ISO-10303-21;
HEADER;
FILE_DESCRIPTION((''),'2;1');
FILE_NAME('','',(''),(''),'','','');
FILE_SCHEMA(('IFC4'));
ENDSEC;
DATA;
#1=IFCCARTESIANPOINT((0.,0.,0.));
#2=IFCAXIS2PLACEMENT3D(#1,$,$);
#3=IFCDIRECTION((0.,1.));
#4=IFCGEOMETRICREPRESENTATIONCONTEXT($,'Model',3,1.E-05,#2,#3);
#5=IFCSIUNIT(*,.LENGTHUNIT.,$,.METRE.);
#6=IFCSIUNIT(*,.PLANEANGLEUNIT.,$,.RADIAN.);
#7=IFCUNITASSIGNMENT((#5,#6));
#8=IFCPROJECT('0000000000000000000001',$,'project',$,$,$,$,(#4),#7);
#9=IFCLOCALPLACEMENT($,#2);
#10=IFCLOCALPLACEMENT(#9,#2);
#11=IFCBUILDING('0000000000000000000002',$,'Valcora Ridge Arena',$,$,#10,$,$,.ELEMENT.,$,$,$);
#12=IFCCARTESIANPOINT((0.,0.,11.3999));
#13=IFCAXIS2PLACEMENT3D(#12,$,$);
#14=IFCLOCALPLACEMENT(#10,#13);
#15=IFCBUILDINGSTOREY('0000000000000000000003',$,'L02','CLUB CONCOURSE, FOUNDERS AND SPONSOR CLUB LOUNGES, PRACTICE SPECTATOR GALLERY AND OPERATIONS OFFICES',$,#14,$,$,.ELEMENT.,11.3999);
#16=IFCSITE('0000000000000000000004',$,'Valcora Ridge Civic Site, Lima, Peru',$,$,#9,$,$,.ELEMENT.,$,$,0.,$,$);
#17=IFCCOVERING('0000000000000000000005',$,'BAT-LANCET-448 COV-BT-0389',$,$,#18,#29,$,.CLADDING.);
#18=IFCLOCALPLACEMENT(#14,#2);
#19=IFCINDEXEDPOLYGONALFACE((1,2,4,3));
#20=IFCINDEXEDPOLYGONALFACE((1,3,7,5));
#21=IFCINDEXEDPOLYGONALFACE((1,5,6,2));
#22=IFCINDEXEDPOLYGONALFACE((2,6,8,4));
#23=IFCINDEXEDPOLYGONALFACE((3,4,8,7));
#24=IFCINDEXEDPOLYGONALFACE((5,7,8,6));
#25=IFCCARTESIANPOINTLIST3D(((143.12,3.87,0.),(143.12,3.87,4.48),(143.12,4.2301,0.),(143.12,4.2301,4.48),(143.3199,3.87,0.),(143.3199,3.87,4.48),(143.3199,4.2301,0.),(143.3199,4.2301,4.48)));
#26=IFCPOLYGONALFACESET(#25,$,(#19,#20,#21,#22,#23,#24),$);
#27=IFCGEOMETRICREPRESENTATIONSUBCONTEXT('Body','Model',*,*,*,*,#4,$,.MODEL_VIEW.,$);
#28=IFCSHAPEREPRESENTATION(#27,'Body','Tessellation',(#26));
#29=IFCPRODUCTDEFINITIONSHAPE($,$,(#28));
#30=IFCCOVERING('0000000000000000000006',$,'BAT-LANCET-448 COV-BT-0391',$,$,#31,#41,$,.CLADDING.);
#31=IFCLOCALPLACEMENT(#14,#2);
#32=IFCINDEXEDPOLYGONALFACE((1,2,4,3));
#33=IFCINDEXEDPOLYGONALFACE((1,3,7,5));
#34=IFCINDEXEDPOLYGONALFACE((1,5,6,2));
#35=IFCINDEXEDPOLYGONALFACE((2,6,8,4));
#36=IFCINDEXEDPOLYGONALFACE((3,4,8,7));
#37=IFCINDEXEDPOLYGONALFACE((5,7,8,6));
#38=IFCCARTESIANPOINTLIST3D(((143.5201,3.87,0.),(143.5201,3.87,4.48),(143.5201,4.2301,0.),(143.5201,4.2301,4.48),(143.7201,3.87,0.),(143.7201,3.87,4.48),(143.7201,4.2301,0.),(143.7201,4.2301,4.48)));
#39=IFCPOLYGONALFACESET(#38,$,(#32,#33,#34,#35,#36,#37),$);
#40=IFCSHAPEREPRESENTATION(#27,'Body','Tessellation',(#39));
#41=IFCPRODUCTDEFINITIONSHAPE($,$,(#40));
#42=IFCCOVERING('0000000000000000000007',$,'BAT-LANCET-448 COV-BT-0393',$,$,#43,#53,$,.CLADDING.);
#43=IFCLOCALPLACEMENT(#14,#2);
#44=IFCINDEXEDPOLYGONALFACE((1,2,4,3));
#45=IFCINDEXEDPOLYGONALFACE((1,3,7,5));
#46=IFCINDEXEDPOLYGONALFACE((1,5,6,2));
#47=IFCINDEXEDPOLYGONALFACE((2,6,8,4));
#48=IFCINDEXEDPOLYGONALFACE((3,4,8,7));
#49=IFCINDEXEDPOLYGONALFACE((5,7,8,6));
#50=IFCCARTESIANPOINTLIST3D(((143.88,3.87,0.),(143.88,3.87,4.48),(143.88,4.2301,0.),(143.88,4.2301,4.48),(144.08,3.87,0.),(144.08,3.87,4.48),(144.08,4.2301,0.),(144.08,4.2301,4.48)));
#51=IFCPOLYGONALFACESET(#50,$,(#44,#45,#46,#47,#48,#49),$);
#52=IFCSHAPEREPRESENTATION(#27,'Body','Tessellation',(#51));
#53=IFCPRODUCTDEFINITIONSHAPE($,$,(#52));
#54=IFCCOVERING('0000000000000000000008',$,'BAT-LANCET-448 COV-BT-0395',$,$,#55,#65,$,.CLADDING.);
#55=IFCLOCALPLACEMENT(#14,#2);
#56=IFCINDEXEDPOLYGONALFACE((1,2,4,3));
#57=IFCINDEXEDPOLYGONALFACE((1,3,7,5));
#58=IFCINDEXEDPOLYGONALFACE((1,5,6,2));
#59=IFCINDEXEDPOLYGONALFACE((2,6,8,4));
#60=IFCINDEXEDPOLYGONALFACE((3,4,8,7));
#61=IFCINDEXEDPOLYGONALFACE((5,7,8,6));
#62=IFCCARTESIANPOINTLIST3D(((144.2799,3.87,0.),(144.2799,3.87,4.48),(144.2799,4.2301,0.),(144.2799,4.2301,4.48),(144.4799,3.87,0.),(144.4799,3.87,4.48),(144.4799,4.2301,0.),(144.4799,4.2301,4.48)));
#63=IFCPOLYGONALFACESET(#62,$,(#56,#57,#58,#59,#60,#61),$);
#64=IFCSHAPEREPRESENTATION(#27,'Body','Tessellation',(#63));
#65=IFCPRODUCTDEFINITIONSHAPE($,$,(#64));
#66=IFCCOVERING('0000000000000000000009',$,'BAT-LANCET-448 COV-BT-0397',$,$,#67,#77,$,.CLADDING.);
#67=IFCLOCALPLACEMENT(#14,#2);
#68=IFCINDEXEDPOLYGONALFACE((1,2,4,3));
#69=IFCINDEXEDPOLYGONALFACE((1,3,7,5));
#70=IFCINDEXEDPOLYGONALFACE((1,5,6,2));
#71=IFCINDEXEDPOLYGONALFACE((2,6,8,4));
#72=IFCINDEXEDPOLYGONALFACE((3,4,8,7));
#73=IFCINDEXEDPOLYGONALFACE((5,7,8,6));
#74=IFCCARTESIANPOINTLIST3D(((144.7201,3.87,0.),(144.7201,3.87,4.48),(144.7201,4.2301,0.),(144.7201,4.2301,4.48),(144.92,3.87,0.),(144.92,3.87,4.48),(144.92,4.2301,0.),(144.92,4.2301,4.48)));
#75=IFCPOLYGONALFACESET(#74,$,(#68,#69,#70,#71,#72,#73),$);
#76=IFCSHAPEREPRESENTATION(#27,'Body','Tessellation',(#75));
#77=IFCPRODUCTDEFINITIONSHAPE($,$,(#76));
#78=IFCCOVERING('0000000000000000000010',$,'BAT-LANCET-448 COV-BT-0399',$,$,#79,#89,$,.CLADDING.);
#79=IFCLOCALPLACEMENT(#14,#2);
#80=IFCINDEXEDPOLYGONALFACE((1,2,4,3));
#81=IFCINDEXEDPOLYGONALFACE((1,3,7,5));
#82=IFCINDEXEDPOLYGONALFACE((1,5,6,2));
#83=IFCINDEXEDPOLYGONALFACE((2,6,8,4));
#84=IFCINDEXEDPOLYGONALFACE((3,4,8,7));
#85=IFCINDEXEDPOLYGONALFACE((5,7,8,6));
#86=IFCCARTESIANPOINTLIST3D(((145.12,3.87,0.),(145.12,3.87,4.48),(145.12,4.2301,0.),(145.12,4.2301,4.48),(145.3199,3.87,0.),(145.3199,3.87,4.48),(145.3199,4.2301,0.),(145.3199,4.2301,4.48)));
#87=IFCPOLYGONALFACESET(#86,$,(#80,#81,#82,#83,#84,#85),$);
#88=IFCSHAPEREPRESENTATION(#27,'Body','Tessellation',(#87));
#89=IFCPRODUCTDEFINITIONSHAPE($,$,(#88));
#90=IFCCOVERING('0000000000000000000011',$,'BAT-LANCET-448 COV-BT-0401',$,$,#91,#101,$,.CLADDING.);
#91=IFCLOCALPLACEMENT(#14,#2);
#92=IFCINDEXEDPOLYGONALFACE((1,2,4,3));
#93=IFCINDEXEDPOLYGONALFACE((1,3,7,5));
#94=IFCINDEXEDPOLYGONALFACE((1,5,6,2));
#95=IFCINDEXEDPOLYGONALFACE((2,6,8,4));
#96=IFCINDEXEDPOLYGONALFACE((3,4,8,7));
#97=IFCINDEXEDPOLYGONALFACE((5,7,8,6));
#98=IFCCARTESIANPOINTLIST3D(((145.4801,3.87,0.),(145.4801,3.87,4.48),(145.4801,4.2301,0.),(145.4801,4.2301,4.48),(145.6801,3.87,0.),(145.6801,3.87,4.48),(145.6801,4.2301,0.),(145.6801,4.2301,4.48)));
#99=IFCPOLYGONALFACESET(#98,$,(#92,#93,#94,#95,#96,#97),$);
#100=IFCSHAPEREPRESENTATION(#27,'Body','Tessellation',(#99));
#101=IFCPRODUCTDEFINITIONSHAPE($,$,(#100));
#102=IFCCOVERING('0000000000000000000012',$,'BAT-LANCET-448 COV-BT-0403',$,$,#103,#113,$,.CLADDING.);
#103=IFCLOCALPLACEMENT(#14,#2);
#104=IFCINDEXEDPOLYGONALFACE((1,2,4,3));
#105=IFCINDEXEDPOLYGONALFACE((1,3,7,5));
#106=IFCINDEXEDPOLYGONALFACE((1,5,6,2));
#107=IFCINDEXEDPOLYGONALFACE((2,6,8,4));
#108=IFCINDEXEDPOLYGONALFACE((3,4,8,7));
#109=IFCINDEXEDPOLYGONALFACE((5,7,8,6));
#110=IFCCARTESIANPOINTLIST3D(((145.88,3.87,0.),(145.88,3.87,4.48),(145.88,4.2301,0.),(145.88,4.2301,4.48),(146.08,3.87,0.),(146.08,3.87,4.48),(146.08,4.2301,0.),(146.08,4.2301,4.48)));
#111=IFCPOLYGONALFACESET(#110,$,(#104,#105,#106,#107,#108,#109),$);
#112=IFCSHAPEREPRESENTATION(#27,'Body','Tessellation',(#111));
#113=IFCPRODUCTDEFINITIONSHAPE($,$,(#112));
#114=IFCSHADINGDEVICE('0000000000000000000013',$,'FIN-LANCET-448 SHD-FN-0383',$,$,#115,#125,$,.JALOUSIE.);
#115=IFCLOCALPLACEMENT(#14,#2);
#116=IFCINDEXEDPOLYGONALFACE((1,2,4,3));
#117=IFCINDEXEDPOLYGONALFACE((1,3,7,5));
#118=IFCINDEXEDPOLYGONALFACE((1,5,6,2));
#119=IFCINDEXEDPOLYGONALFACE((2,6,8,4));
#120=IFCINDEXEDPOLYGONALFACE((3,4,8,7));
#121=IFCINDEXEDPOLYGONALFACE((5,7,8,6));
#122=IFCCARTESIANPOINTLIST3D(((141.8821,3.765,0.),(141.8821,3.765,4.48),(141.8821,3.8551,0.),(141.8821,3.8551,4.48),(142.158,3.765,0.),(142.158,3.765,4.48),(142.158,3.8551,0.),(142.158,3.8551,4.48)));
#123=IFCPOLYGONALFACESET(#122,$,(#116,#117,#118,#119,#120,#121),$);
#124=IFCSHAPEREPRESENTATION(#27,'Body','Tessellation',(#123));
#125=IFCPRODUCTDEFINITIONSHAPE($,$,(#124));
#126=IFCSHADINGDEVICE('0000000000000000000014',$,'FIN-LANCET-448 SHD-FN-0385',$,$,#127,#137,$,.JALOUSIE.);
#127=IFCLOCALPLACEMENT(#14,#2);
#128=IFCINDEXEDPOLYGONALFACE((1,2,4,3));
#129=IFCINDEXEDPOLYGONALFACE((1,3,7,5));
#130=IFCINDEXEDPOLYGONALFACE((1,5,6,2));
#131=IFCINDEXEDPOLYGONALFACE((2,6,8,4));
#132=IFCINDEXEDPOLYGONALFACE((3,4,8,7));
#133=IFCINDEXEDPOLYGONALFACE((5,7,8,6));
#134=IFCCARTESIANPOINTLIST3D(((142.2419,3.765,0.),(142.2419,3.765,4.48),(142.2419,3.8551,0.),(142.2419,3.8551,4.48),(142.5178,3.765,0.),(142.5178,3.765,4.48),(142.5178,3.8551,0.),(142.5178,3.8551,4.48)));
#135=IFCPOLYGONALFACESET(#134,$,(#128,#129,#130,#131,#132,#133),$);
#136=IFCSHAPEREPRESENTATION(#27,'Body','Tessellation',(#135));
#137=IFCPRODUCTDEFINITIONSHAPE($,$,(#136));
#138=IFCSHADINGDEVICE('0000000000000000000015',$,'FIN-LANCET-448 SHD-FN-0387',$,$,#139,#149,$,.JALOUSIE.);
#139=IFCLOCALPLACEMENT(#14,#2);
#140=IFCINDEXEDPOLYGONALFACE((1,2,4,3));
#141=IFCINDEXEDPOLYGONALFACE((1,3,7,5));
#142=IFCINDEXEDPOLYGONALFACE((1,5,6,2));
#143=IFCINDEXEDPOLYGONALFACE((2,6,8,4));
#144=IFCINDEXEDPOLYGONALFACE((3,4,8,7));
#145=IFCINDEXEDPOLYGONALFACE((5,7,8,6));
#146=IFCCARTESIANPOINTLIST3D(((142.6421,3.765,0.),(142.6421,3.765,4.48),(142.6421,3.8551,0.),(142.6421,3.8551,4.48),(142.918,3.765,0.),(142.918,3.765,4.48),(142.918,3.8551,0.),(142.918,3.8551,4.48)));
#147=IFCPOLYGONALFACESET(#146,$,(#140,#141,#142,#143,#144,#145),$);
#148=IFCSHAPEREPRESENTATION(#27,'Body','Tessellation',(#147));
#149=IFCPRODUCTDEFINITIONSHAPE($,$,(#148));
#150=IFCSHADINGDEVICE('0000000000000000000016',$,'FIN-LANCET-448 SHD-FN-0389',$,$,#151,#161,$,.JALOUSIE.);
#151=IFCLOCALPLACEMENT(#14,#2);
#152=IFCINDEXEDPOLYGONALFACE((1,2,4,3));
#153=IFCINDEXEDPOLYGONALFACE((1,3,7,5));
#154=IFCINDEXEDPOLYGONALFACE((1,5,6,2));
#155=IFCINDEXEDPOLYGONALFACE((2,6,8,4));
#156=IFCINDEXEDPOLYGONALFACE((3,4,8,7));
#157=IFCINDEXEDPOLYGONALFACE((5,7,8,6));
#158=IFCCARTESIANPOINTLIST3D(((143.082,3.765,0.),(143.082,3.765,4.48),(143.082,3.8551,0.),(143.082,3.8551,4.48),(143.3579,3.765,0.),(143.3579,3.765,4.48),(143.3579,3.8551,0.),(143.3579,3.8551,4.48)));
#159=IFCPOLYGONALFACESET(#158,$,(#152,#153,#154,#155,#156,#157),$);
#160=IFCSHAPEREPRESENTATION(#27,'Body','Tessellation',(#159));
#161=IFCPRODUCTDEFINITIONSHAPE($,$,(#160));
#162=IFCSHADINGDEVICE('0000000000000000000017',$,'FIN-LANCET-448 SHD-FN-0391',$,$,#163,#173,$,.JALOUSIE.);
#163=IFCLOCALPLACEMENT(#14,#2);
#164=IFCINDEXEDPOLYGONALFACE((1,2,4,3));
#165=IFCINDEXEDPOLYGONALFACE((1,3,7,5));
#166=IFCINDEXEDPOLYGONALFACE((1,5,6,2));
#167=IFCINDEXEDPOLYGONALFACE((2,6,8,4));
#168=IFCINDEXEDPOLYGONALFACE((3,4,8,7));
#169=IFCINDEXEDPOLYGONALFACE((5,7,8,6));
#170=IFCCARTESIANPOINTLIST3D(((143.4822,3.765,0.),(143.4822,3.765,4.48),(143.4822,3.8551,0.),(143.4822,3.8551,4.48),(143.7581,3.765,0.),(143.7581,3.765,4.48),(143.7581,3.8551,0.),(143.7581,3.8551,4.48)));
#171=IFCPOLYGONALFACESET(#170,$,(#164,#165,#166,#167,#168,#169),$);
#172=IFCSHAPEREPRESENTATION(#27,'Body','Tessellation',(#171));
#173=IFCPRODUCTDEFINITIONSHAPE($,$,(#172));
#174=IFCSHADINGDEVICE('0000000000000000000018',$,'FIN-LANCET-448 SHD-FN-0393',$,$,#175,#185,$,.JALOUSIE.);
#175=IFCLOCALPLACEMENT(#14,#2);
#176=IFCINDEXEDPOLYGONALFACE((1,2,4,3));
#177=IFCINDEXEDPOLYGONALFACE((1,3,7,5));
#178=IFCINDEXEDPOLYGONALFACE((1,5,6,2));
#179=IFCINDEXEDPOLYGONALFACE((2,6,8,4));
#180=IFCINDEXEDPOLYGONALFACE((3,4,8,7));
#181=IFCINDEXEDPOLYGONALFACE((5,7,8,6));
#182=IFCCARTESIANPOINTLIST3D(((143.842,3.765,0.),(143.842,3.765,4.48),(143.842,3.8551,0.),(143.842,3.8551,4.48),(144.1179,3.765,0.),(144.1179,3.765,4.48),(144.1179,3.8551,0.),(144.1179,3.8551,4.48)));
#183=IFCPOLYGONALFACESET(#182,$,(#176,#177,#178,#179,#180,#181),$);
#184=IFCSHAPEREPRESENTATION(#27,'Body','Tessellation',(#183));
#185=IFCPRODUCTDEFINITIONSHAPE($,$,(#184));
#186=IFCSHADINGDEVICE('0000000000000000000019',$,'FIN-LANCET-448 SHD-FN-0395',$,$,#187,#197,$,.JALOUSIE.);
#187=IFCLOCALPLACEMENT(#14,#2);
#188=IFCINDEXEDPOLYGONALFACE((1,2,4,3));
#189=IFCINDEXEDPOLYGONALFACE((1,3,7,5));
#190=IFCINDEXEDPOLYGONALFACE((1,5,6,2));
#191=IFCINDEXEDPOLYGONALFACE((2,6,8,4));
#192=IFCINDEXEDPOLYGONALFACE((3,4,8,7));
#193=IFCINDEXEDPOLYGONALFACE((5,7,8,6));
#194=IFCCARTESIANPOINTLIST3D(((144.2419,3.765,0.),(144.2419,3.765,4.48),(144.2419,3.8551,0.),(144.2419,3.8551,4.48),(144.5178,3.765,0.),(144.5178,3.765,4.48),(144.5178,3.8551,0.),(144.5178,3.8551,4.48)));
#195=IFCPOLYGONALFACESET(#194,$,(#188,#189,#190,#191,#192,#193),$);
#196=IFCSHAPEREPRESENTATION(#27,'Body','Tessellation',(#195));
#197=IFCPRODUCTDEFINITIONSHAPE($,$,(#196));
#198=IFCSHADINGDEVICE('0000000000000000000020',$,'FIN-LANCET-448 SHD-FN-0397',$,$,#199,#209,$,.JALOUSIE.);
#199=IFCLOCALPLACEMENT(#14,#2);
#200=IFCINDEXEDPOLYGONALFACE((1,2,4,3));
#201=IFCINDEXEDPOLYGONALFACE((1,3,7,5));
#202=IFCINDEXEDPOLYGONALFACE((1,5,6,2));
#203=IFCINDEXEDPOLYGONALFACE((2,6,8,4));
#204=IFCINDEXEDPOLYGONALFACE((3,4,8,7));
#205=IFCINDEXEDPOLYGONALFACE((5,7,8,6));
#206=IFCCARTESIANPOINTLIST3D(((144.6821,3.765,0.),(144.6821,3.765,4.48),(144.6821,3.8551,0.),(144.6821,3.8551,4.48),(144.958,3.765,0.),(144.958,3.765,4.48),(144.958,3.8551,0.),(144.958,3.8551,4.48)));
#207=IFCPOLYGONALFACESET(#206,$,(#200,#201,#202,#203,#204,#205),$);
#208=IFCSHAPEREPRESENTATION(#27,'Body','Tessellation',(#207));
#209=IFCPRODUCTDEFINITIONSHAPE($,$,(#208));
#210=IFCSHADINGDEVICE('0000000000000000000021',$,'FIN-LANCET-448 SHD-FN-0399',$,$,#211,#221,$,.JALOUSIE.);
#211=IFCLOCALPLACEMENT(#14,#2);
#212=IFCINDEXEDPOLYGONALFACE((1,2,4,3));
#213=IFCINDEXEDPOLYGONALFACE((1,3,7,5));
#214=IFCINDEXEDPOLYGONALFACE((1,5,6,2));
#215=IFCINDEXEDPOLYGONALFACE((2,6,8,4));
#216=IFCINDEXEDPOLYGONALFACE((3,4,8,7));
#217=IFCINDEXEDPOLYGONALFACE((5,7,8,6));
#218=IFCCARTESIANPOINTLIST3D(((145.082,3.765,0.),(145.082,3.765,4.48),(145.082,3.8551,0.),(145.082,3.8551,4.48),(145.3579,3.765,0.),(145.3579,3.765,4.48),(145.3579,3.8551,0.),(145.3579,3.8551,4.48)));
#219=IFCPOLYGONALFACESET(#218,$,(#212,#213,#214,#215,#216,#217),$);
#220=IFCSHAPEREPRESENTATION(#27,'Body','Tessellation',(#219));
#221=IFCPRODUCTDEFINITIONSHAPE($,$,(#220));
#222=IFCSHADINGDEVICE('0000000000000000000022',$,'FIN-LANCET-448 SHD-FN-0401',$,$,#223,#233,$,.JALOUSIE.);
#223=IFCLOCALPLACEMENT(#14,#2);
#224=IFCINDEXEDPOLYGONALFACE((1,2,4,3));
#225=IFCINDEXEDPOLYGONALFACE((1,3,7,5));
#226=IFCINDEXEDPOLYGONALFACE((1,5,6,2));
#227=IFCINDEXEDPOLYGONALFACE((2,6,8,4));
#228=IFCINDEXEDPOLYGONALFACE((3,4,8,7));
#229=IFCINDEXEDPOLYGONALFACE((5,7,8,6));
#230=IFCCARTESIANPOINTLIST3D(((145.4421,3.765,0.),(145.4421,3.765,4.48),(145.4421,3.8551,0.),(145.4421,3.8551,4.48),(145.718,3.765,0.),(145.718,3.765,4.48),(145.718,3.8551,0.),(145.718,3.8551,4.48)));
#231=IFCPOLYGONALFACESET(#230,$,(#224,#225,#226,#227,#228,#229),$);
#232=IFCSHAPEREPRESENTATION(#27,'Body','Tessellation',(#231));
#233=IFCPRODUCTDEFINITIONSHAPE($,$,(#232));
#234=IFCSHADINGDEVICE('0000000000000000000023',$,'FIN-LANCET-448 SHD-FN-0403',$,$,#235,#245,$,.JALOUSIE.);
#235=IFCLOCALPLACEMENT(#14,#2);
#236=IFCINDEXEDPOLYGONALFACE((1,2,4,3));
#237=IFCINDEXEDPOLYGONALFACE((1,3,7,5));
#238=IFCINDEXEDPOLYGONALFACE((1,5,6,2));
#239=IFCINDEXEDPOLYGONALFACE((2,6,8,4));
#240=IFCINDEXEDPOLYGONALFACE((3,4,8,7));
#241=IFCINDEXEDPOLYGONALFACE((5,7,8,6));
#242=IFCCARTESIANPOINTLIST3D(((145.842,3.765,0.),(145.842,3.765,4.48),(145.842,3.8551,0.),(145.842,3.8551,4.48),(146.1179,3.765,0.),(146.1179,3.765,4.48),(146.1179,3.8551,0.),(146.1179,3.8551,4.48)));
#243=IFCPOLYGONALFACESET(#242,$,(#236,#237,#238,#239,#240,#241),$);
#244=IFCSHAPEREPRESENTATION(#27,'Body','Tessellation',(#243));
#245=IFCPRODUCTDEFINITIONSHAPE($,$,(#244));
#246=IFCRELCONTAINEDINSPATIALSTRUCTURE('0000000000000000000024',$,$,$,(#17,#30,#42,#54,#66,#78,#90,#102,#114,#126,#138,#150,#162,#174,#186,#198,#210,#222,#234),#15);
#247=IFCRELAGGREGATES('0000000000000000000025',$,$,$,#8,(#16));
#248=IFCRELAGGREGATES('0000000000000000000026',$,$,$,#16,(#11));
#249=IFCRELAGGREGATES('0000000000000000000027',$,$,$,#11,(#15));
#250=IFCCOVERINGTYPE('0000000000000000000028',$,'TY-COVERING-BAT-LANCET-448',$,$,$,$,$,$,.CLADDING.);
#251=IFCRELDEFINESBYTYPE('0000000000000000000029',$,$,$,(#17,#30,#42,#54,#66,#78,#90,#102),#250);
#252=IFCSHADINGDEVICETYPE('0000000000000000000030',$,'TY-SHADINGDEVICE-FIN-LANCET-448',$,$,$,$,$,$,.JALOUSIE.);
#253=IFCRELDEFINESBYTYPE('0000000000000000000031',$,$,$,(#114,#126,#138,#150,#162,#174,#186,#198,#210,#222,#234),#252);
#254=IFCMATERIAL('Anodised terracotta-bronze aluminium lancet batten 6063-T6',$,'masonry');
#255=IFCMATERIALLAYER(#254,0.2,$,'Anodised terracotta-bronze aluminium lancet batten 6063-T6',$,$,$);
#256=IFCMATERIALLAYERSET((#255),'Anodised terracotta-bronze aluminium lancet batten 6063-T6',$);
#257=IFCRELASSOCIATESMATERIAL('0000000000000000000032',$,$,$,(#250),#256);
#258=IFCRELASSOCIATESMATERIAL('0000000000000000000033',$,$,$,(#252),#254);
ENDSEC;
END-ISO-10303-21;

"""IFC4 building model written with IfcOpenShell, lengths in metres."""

from ifc_helpers import new_model, si_unit, direction, frame, origin, origin_2d, place, context, subcontext, project, spatial, rectangle, extrude, material, layer, layer_set, material_profile, profile_set, type_object, element, save


model = new_model("IFC4")

# Units and contexts
model_context = context("Model", 3, precision=1e-05, world=origin(), true_north=direction((0.0, 1.0)))
body_context = subcontext(model_context, "Body", "Model", "MODEL_VIEW")
ifc_project = project(units=[si_unit("LENGTHUNIT", "METRE"), si_unit("PLANEANGLEUNIT", "RADIAN")], contexts=[model_context])

# Site, building, storey
site_placement = place(None, origin())
site = spatial("IfcSite", under=ifc_project, at=site_placement, Name="Valcora Ridge Civic Site, Lima, Peru", CompositionType="ELEMENT", RefElevation=0.0)
building_placement = place(site_placement, origin())
building = spatial("IfcBuilding", under=site, at=building_placement, Name="Valcora Ridge Arena", CompositionType="ELEMENT")
storey_placement = place(building_placement, frame((0.0, 0.0, 11.3999)))
storey = spatial("IfcBuildingStorey", under=building, at=storey_placement, Name="L02", Description="CLUB CONCOURSE, FOUNDERS AND SPONSOR CLUB LOUNGES, PRACTICE SPECTATOR GALLERY AND OPERATIONS OFFICES", CompositionType="ELEMENT", Elevation=11.3999)

# Coverings
ifc_material_1 = material(Name="Anodised terracotta-bronze aluminium lancet batten 6063-T6", Category="masonry")
ifc_layer_1 = layer(ifc_material_1, 0.2, Name="Anodised terracotta-bronze aluminium lancet batten 6063-T6")
ifc_layer_set_1 = layer_set([ifc_layer_1], Name="Anodised terracotta-bronze aluminium lancet batten 6063-T6")
covering_type = type_object("IfcCoveringType", Name="TY-COVERING-BAT-LANCET-448", PredefinedType="CLADDING", material=ifc_layer_set_1)
for number, where, z_axis, x_axis, name in (
    (1, (143.22, 4.05, 0.0), (0.0, 0.0, 1.0), (1.0, 0.0, 0.0), "BAT-LANCET-448 COV-BT-0389"),
    (2, (143.6201, 4.05, 0.0), (0.0, 0.0, 1.0), (1.0, 0.0, 0.0), "BAT-LANCET-448 COV-BT-0391"),
    (3, (143.98, 4.05, 0.0), (0.0, 0.0, 1.0), (1.0, 0.0, 0.0), "BAT-LANCET-448 COV-BT-0393"),
    (4, (144.3799, 4.05, 0.0), (0.0, 0.0, 1.0), (1.0, 0.0, 0.0), "BAT-LANCET-448 COV-BT-0395"),
    (5, (144.8201, 4.05, 0.0), (0.0, 0.0, 1.0), (1.0, 0.0, 0.0), "BAT-LANCET-448 COV-BT-0397"),
    (6, (145.22, 4.05, 0.0), (0.0, 0.0, 1.0), (1.0, 0.0, 0.0), "BAT-LANCET-448 COV-BT-0399"),
    (7, (145.5801, 4.05, 0.0), (0.0, 0.0, 1.0), (1.0, 0.0, 0.0), "BAT-LANCET-448 COV-BT-0401"),
    (8, (145.98, 4.05, 0.0), (0.0, 0.0, 1.0), (1.0, 0.0, 0.0), "BAT-LANCET-448 COV-BT-0403"),
):
    element("IfcCovering", number, at=place(storey_placement, frame(where, z_axis=z_axis, x_axis=x_axis)), inside=storey, type_object=covering_type, Name=name, PredefinedType="CLADDING", context=body_context, shape_type="SweptSolid", body=[
        extrude(rectangle(XDim=0.2, YDim=0.3601, at=origin_2d()), origin(), (0.0, 0.0, 1.0), 4.48),
    ])

# Shading devices
ifc_material_profile_1 = material_profile(ifc_material_1, rectangle(XDim=0.0901, YDim=0.2759, at=origin_2d()), Name="ALU LANCET BATTEN 90x276")
ifc_profile_set_1 = profile_set([ifc_material_profile_1], Name="Anodised terracotta-bronze aluminium lancet batten 6063-T6")
shading_device_type = type_object("IfcShadingDeviceType", Name="TY-SHADINGDEVICE-FIN-LANCET-448", PredefinedType="JALOUSIE", material=ifc_profile_set_1)
for number, where, z_axis, x_axis, name in (
    (9, (142.02, 3.8101, 0.0), (0.0, 0.0, 1.0), (0.0, 1.0, 0.0), "FIN-LANCET-448 SHD-FN-0383"),
    (10, (142.3799, 3.8101, 0.0), (0.0, 0.0, 1.0), (0.0, 1.0, 0.0), "FIN-LANCET-448 SHD-FN-0385"),
    (11, (142.78, 3.8101, 0.0), (0.0, 0.0, 1.0), (0.0, 1.0, 0.0), "FIN-LANCET-448 SHD-FN-0387"),
    (12, (143.22, 3.8101, 0.0), (0.0, 0.0, 1.0), (0.0, 1.0, 0.0), "FIN-LANCET-448 SHD-FN-0389"),
    (13, (143.6201, 3.8101, 0.0), (0.0, 0.0, 1.0), (0.0, 1.0, 0.0), "FIN-LANCET-448 SHD-FN-0391"),
    (14, (143.98, 3.8101, 0.0), (0.0, 0.0, 1.0), (0.0, 1.0, 0.0), "FIN-LANCET-448 SHD-FN-0393"),
    (15, (144.3799, 3.8101, 0.0), (0.0, 0.0, 1.0), (0.0, 1.0, 0.0), "FIN-LANCET-448 SHD-FN-0395"),
    (16, (144.8201, 3.8101, 0.0), (0.0, 0.0, 1.0), (0.0, 1.0, 0.0), "FIN-LANCET-448 SHD-FN-0397"),
    (17, (145.22, 3.8101, 0.0), (0.0, 0.0, 1.0), (0.0, 1.0, 0.0), "FIN-LANCET-448 SHD-FN-0399"),
    (18, (145.5801, 3.8101, 0.0), (0.0, 0.0, 1.0), (0.0, 1.0, 0.0), "FIN-LANCET-448 SHD-FN-0401"),
    (19, (145.98, 3.8101, 0.0), (0.0, 0.0, 1.0), (0.0, 1.0, 0.0), "FIN-LANCET-448 SHD-FN-0403"),
):
    element("IfcShadingDevice", number, at=place(storey_placement, frame(where, z_axis=z_axis, x_axis=x_axis)), inside=storey, type_object=shading_device_type, Name=name, PredefinedType="JALOUSIE", context=body_context, shape_type="SweptSolid", body=[
        extrude(rectangle(XDim=0.0901, YDim=0.2759, at=origin_2d()), origin(), (0.0, 0.0, 1.0), 4.48),
    ])

save(model, "model.ifc")
